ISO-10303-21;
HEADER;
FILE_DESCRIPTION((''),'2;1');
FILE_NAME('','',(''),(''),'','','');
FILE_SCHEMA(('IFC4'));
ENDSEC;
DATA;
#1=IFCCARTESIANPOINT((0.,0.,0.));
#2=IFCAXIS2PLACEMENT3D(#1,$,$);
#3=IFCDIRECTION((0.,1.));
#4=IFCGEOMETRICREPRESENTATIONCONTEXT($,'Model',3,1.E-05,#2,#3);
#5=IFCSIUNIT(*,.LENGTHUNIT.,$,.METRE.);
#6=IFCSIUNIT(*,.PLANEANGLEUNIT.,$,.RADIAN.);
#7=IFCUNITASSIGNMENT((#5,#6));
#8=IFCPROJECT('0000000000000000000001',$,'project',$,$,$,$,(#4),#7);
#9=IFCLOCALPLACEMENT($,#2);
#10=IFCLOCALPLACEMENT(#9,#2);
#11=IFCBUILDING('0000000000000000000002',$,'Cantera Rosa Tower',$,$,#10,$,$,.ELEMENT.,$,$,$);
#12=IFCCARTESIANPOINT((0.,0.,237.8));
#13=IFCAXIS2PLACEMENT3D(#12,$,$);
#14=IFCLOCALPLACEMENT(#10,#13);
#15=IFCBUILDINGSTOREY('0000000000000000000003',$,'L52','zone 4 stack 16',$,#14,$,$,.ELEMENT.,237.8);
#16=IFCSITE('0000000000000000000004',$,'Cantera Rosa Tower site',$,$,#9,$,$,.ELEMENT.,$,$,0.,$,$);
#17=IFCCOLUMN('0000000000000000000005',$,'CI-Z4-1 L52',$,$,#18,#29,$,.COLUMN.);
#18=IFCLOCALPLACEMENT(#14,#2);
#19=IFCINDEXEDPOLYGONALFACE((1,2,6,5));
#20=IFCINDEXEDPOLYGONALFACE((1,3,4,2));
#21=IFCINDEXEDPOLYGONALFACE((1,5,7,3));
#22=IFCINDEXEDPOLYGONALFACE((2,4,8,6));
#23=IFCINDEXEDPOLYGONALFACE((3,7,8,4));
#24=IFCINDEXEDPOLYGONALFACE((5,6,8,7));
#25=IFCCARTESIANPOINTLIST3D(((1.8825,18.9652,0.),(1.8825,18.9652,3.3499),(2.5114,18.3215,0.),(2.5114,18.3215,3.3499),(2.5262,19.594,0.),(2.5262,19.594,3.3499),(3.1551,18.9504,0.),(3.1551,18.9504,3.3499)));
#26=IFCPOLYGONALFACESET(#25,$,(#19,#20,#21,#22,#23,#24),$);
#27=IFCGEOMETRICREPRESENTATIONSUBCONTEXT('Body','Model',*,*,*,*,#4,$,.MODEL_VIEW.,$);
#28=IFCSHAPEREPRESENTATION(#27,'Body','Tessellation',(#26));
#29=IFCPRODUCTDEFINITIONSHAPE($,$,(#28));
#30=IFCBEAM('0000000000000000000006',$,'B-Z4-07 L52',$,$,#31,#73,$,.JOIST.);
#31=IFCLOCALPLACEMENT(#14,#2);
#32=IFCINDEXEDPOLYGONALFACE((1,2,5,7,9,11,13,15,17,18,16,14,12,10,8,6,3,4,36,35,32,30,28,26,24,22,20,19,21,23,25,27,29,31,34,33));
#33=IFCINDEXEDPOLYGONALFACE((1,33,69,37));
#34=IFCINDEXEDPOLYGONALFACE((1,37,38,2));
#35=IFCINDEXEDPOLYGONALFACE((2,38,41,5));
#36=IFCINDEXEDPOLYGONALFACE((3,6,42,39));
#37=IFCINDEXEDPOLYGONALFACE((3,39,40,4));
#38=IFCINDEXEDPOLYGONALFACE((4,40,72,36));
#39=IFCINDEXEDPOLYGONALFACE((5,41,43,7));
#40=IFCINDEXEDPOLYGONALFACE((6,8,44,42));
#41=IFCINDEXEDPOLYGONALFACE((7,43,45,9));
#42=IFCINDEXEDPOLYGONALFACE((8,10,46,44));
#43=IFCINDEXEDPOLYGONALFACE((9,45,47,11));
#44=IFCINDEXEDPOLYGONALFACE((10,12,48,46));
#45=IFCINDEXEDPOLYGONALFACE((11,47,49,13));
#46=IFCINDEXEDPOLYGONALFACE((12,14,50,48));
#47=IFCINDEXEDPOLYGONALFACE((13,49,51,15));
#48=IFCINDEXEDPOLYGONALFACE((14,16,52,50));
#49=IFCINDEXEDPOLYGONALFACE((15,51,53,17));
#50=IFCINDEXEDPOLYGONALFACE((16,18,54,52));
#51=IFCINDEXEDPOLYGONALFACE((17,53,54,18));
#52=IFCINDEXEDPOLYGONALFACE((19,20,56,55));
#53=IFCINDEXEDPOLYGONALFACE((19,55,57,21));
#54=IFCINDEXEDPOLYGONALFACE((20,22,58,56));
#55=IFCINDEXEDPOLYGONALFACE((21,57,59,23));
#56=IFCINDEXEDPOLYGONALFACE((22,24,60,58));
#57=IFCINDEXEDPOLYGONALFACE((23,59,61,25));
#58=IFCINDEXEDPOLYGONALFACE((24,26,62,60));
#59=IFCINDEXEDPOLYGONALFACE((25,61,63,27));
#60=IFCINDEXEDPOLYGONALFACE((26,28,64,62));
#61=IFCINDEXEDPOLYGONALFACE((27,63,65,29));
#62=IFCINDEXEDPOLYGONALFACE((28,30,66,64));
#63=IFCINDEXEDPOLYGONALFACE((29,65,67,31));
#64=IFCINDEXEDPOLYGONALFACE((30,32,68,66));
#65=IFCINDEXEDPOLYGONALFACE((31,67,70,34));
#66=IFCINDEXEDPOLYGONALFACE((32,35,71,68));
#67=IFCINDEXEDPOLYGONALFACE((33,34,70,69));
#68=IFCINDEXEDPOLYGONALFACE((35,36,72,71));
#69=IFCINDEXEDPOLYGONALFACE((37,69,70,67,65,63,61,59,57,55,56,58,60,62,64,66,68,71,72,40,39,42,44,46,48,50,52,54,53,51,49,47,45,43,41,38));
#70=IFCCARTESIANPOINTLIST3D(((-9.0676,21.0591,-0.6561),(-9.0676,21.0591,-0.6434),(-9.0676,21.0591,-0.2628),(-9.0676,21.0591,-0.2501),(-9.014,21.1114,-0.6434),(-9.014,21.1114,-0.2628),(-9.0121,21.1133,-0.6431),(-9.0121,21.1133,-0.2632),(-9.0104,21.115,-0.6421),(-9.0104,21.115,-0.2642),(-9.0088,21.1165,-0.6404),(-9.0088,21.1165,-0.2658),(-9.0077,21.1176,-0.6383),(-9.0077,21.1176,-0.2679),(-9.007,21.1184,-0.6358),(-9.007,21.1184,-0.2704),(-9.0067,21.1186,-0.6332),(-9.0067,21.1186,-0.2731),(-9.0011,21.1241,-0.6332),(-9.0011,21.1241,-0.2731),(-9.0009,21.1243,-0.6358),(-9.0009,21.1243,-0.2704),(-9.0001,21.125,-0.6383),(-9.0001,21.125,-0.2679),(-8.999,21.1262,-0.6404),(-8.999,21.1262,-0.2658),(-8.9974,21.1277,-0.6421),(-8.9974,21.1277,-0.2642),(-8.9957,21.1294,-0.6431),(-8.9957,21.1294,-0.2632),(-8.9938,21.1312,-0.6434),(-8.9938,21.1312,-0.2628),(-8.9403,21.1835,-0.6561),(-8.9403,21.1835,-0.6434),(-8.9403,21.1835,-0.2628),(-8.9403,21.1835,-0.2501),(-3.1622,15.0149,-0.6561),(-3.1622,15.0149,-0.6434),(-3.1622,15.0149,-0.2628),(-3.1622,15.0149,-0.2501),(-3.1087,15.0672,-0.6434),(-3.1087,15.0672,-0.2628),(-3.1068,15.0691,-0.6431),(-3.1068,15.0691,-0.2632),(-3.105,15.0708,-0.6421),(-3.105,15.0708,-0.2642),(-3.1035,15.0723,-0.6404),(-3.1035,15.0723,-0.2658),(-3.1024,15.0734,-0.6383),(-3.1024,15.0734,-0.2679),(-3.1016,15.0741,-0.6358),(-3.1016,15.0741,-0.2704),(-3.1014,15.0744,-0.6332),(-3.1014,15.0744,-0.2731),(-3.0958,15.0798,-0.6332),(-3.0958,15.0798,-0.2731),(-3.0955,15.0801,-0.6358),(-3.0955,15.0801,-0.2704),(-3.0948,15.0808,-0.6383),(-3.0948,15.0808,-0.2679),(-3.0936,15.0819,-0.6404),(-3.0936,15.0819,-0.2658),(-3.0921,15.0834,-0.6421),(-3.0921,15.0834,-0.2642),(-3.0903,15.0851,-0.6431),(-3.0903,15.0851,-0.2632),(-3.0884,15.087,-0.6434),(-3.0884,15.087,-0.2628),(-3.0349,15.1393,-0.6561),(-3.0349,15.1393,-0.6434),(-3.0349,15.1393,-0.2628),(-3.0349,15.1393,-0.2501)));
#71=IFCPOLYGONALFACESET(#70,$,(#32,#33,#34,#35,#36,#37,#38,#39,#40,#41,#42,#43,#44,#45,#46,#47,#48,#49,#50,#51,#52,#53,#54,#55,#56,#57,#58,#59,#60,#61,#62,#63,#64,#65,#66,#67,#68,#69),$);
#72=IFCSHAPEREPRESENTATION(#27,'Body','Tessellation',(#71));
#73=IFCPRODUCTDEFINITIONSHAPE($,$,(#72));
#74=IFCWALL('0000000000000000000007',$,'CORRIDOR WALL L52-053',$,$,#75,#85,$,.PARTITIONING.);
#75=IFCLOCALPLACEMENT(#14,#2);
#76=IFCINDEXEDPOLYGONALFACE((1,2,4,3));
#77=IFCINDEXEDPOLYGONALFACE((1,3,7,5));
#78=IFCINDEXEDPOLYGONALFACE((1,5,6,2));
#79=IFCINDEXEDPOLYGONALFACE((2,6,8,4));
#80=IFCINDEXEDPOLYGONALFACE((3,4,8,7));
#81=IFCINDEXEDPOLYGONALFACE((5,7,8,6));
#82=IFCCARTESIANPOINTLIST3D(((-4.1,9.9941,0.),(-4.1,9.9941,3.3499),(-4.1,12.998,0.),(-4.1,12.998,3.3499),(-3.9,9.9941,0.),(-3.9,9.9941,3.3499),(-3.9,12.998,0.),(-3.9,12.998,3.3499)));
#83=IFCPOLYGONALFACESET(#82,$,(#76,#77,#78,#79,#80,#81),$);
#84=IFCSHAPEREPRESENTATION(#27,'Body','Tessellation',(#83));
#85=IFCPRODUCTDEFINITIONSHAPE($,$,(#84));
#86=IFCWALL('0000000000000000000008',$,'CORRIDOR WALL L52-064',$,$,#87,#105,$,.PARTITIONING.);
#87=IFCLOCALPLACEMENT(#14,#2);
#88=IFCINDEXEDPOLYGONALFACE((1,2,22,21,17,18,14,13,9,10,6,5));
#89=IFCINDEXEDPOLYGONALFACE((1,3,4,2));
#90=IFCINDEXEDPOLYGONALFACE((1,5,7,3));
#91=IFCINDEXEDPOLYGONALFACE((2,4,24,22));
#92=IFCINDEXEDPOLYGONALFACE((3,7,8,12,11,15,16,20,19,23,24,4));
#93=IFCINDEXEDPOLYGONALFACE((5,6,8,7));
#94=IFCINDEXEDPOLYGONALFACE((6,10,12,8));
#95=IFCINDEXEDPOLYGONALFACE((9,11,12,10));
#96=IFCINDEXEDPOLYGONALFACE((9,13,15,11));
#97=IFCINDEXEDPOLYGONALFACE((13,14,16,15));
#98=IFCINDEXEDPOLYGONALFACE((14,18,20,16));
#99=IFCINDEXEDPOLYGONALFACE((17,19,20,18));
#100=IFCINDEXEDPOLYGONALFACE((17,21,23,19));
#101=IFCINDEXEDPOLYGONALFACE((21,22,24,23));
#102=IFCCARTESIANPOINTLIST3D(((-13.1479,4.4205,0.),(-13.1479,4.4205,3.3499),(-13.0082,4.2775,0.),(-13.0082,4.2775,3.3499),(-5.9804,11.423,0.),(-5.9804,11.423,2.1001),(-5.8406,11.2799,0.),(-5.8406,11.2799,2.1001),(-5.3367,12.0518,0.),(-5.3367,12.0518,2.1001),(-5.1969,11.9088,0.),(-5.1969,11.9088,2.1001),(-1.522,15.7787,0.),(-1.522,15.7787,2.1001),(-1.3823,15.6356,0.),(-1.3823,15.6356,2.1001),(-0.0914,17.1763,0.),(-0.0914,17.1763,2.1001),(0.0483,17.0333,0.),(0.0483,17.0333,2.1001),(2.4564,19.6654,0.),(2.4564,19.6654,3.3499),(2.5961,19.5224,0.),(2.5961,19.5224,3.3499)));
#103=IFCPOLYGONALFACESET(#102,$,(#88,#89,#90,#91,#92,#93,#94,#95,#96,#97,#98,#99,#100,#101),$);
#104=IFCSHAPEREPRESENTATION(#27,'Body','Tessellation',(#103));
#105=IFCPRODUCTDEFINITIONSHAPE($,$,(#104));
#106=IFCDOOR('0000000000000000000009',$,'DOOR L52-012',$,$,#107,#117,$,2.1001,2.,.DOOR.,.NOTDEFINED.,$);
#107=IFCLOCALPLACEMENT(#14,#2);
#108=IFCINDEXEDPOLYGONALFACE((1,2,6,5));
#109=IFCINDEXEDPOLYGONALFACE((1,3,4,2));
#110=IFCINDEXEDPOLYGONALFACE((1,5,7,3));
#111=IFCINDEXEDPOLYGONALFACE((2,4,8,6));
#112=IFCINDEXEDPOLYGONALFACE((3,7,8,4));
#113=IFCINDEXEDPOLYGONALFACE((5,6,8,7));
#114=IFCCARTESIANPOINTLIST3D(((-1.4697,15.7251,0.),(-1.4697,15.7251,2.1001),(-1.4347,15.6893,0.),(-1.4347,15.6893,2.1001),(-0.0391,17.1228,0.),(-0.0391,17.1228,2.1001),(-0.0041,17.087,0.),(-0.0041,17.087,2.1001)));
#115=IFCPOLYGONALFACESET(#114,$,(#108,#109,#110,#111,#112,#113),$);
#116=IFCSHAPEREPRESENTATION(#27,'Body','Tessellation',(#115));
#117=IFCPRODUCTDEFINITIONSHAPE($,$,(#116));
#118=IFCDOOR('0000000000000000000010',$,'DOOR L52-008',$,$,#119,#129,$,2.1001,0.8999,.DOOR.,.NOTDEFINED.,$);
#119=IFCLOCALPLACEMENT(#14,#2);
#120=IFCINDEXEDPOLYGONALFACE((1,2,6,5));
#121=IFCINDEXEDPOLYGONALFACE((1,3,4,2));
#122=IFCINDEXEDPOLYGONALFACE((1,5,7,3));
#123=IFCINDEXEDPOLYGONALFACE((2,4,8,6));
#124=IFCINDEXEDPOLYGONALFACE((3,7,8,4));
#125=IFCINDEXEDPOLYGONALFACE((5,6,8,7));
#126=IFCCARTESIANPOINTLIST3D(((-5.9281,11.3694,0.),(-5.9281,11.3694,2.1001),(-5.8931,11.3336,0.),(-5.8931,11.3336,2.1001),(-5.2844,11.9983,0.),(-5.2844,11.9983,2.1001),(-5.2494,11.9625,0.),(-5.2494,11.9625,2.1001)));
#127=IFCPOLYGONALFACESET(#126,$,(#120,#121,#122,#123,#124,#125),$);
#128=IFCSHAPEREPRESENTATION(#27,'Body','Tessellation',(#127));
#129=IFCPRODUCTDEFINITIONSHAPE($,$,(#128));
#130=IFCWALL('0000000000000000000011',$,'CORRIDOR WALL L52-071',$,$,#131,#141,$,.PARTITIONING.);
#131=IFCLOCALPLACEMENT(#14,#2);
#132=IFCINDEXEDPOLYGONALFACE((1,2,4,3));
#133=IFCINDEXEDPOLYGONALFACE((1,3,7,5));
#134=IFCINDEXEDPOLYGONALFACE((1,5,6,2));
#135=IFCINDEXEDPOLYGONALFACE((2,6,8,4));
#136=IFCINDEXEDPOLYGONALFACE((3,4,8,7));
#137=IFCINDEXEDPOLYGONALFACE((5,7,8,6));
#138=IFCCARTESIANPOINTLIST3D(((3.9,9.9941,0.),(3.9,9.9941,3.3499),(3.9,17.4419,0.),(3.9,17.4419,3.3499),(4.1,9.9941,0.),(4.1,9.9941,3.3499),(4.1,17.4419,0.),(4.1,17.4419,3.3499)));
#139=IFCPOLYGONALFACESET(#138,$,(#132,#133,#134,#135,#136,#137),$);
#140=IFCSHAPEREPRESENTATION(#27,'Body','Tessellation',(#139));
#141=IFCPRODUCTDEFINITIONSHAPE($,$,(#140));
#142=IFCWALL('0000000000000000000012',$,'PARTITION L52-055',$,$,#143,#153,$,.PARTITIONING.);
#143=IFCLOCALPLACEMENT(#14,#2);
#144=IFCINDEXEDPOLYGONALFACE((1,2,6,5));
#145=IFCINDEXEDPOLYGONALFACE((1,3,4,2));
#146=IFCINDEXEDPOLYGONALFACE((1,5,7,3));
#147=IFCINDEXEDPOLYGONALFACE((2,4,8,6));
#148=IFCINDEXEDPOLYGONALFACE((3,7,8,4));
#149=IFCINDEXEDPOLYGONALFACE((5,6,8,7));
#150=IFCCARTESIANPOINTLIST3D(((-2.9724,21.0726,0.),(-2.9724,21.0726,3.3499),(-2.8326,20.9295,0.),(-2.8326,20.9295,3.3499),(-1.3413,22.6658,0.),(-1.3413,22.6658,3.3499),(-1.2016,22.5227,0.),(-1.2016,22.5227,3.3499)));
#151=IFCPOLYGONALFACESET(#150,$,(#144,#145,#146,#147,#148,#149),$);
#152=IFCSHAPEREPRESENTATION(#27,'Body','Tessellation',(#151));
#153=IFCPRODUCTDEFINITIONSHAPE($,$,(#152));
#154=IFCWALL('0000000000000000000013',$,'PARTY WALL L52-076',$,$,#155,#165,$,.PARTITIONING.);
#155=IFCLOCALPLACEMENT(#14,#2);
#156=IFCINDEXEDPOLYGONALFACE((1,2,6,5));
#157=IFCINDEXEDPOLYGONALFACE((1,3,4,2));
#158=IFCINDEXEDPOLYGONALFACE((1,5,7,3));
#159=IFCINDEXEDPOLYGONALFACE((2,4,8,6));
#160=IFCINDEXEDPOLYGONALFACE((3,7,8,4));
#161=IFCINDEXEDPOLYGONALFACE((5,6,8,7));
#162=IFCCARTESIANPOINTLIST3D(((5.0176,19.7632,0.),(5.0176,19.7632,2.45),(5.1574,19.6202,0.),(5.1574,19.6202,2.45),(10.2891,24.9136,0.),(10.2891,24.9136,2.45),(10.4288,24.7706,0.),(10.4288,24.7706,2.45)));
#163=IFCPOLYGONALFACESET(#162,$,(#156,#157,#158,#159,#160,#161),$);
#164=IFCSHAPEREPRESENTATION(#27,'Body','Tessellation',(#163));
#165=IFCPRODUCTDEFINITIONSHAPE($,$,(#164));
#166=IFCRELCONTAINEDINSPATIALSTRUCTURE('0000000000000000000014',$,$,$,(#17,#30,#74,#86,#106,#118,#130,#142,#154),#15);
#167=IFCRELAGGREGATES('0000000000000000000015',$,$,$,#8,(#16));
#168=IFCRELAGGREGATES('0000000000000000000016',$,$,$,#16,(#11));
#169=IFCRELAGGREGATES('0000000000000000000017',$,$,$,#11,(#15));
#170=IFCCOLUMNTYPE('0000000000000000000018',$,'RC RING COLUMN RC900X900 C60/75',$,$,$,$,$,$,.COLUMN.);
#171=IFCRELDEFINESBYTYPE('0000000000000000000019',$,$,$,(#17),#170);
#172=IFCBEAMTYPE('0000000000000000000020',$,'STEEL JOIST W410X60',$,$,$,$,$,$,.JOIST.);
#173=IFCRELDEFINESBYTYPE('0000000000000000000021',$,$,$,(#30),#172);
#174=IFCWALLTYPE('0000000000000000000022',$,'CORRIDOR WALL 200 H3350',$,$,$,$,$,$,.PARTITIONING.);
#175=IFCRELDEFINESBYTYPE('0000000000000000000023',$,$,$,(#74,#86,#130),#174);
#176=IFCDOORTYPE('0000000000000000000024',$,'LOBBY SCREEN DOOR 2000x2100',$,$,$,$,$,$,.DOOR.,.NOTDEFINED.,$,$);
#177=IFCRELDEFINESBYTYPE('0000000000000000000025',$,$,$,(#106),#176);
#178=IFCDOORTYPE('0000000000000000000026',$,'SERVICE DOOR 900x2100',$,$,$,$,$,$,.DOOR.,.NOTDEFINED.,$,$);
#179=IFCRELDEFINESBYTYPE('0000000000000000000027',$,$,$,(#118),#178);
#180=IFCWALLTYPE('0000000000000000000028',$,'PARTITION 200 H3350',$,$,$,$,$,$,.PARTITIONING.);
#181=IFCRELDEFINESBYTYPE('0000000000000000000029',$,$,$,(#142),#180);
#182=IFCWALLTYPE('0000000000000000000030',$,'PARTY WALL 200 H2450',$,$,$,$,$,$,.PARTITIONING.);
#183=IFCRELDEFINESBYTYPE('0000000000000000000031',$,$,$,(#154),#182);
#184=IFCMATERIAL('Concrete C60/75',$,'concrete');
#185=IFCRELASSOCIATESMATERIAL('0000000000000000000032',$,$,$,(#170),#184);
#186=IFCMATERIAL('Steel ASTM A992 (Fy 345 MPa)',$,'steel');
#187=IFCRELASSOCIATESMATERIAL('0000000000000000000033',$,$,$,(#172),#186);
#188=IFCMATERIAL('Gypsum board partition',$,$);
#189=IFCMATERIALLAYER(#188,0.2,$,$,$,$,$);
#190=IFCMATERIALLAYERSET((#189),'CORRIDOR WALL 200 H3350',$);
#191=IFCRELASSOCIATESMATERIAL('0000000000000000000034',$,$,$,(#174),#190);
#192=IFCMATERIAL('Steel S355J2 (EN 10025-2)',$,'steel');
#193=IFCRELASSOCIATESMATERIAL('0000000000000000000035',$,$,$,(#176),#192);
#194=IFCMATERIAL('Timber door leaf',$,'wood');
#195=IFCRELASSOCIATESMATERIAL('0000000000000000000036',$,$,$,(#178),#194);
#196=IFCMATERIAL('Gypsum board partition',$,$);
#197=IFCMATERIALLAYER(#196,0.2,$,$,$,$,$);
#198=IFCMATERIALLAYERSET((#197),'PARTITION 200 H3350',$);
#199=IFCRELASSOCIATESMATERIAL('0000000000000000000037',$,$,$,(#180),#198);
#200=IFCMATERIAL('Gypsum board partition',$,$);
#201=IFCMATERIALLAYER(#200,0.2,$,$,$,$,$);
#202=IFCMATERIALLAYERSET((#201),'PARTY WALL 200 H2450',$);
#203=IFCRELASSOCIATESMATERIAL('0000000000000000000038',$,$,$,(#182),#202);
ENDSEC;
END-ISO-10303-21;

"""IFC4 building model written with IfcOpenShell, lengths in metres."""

from ifc_helpers import new_model, si_unit, direction, frame, frame_2d, origin, origin_2d, place, context, subcontext, project, spatial, rectangle, i_section, extrude, material, layer, layer_set, material_profile, profile_set, type_object, element, fill, save


model = new_model("IFC4")

# Units and contexts
model_context = context("Model", 3, precision=1e-05, world=origin(), true_north=direction((0.0, 1.0)))
body_context = subcontext(model_context, "Body", "Model", "MODEL_VIEW")
ifc_project = project(units=[si_unit("LENGTHUNIT", "METRE"), si_unit("PLANEANGLEUNIT", "RADIAN")], contexts=[model_context])

# Site, building, storey
site_placement = place(None, origin())
site = spatial("IfcSite", under=ifc_project, at=site_placement, Name="Cantera Rosa Tower site", CompositionType="ELEMENT", RefElevation=0.0)
building_placement = place(site_placement, origin())
building = spatial("IfcBuilding", under=site, at=building_placement, Name="Cantera Rosa Tower", CompositionType="ELEMENT")
storey_placement = place(building_placement, frame((0.0, 0.0, 237.8)))
storey = spatial("IfcBuildingStorey", under=building, at=storey_placement, Name="L52", Description="zone 4 stack 16", CompositionType="ELEMENT", Elevation=237.8)

# Column
ifc_material_1 = material(Name="Concrete C60/75", Category="concrete")
ifc_material_profile_1 = material_profile(ifc_material_1, rectangle(XDim=0.8999, YDim=0.8999, at=origin_2d()), Name="RC RING COLUMN RC900X900 C60/75")
ifc_profile_set_1 = profile_set([ifc_material_profile_1], Name="Concrete C60/75")
column_type = type_object("IfcColumnType", Name="RC RING COLUMN RC900X900 C60/75", PredefinedType="COLUMN", material=ifc_profile_set_1)
column_placement = place(storey_placement, frame((2.5188, 18.9578, 0.0), z_axis=(0.0, 0.0, 1.0), x_axis=(0.715286, 0.698832, 0.0)))
element("IfcColumn", 1, at=column_placement, inside=storey, type_object=column_type, Name="CI-Z4-1 L52", PredefinedType="COLUMN", context=body_context, shape_type="SweptSolid", body=[
    extrude(rectangle(XDim=0.8999, YDim=0.8999, at=origin_2d()), origin(), (0.0, 0.0, 1.0), 3.3499),
])

# Beam
ifc_material_2 = material(Name="Steel ASTM A992 (Fy 345 MPa)", Category="steel")
ifc_material_profile_2 = material_profile(ifc_material_2, i_section(OverallWidth=0.178, OverallDepth=0.406, WebThickness=0.0078, FlangeThickness=0.0127, FilletRadius=0.0103, at=origin_2d()), Name="W410X60")
ifc_profile_set_2 = profile_set([ifc_material_profile_2], Name="Steel ASTM A992 (Fy 345 MPa)")
beam_type = type_object("IfcBeamType", Name="STEEL JOIST W410X60", PredefinedType="JOIST", material=ifc_profile_set_2)
beam_placement = place(storey_placement, frame((-9.0039, 21.1213, -0.4531), z_axis=(0.698839, -0.715279, 0.0), x_axis=(0.715279, 0.698839, 0.0)))
element("IfcBeam", 2, at=beam_placement, inside=storey, type_object=beam_type, Name="B-Z4-07 L52", PredefinedType="JOIST", context=body_context, shape_type="SweptSolid", body=[
    extrude(i_section(OverallWidth=0.178, OverallDepth=0.406, WebThickness=0.0078, FlangeThickness=0.0127, FilletRadius=0.0103, at=origin_2d()), origin(), (0.0, 0.0, 1.0), 8.4502),
])

# Wall
ifc_material_3 = material(Name="Gypsum board partition")
ifc_layer_1 = layer(ifc_material_3, 0.2)
ifc_layer_set_1 = layer_set([ifc_layer_1], Name="CORRIDOR WALL 200 H3350")
wall_type_1 = type_object("IfcWallType", Name="CORRIDOR WALL 200 H3350", PredefinedType="PARTITIONING", material=ifc_layer_set_1)
wall_1_placement = place(storey_placement, frame((-4.0, 12.998, 0.0), z_axis=(0.0, 0.0, 1.0), x_axis=(0.0, -1.0, 0.0)))
element("IfcWall", 3, at=wall_1_placement, inside=storey, type_object=wall_type_1, Name="CORRIDOR WALL L52-053", PredefinedType="PARTITIONING", context=body_context, shape_type="SweptSolid", body=[
    extrude(rectangle(XDim=3.0039, YDim=0.2, at=frame_2d((1.502, 0.0))), origin(), (0.0, 0.0, 1.0), 3.3499),
])

# Wall, openings, doors
wall_2_placement = place(storey_placement, frame((2.5264, 19.594, 0.0), z_axis=(0.0, 0.0, 1.0), x_axis=(-0.715296, -0.698822, 0.0)))
wall_2 = element("IfcWall", 4, at=wall_2_placement, inside=storey, type_object=wall_type_1, Name="CORRIDOR WALL L52-064", PredefinedType="PARTITIONING", context=body_context, shape_type="SweptSolid", body=[
    extrude(rectangle(XDim=21.8152, YDim=0.2, at=frame_2d((10.9077, 0.0))), origin(), (0.0, 0.0, 1.0), 3.3499),
])
opening_1_placement = place(wall_2_placement, frame((10.895, 0.0, 0.0)))
opening_1 = element("IfcOpeningElement", 5, at=opening_1_placement, cuts=wall_2, PredefinedType="OPENING", context=body_context, shape_type="SweptSolid", body=[
    extrude(rectangle(XDim=0.8999, YDim=2.1001, at=frame_2d((0.45, 1.05))), frame((0.0, 0.1099, 0.0), z_axis=(0.0, -1.0, 0.0), x_axis=(1.0, 0.0, 0.0)), (0.0, 0.0, 1.0), 0.22),
])
opening_2_placement = place(wall_2_placement, frame((3.562, 0.0, 0.0)))
opening_2 = element("IfcOpeningElement", 6, at=opening_2_placement, cuts=wall_2, PredefinedType="OPENING", context=body_context, shape_type="SweptSolid", body=[
    extrude(rectangle(XDim=2.0, YDim=2.1001, at=frame_2d((1.0, 1.05))), frame((0.0, 0.1099, 0.0), z_axis=(0.0, -1.0, 0.0), x_axis=(1.0, 0.0, 0.0)), (0.0, 0.0, 1.0), 0.22),
])
ifc_material_4 = material(Name="Steel S355J2 (EN 10025-2)", Category="steel")
door_type_1 = type_object("IfcDoorType", Name="LOBBY SCREEN DOOR 2000x2100", OperationType="NOTDEFINED", PredefinedType="DOOR", material=ifc_material_4)
door_1_placement = place(opening_2_placement, origin())
door_1 = element("IfcDoor", 7, at=door_1_placement, inside=storey, type_object=door_type_1, Name="DOOR L52-012", OperationType="NOTDEFINED", OverallHeight=2.1001, OverallWidth=2.0, PredefinedType="DOOR", context=body_context, shape_type="SweptSolid", body=[
    extrude(rectangle(XDim=2.0, YDim=2.1001, at=frame_2d((1.0, 1.05))), frame((0.0, 0.0249, 0.0), z_axis=(0.0, -1.0, 0.0), x_axis=(1.0, 0.0, 0.0)), (0.0, 0.0, 1.0), 0.05),
])
fill(opening_2, door_1)
ifc_material_5 = material(Name="Timber door leaf", Category="wood")
door_type_2 = type_object("IfcDoorType", Name="SERVICE DOOR 900x2100", OperationType="NOTDEFINED", PredefinedType="DOOR", material=ifc_material_5)
door_2_placement = place(opening_1_placement, origin())
door_2 = element("IfcDoor", 8, at=door_2_placement, inside=storey, type_object=door_type_2, Name="DOOR L52-008", OperationType="NOTDEFINED", OverallHeight=2.1001, OverallWidth=0.8999, PredefinedType="DOOR", context=body_context, shape_type="SweptSolid", body=[
    extrude(rectangle(XDim=0.8999, YDim=2.1001, at=frame_2d((0.45, 1.05))), frame((0.0, 0.0249, 0.0), z_axis=(0.0, -1.0, 0.0), x_axis=(1.0, 0.0, 0.0)), (0.0, 0.0, 1.0), 0.05),
])
fill(opening_1, door_2)

# Walls
wall_3_placement = place(storey_placement, frame((4.0, 9.9941, 0.0), z_axis=(0.0, 0.0, 1.0), x_axis=(0.0, 1.0, 0.0)))
element("IfcWall", 9, at=wall_3_placement, inside=storey, type_object=wall_type_1, Name="CORRIDOR WALL L52-071", PredefinedType="PARTITIONING", context=body_context, shape_type="SweptSolid", body=[
    extrude(rectangle(XDim=7.4478, YDim=0.2, at=frame_2d((3.7239, 0.0))), origin(), (0.0, 0.0, 1.0), 3.3499),
])
ifc_material_6 = material(Name="Gypsum board partition")
ifc_layer_2 = layer(ifc_material_6, 0.2)
ifc_layer_set_2 = layer_set([ifc_layer_2], Name="PARTITION 200 H3350")
wall_type_2 = type_object("IfcWallType", Name="PARTITION 200 H3350", PredefinedType="PARTITIONING", material=ifc_layer_set_2)
wall_4_placement = place(storey_placement, frame((-2.9026, 21.001, 0.0), z_axis=(0.0, 0.0, 1.0), x_axis=(0.715356, 0.69876, 0.0)))
element("IfcWall", 10, at=wall_4_placement, inside=storey, type_object=wall_type_2, Name="PARTITION L52-055", PredefinedType="PARTITIONING", context=body_context, shape_type="SweptSolid", body=[
    extrude(rectangle(XDim=2.28, YDim=0.2, at=frame_2d((1.1401, 0.0))), origin(), (0.0, 0.0, 1.0), 3.3499),
])
ifc_material_7 = material(Name="Gypsum board partition")
ifc_layer_3 = layer(ifc_material_7, 0.2)
ifc_layer_set_3 = layer_set([ifc_layer_3], Name="PARTY WALL 200 H2450")
wall_type_3 = type_object("IfcWallType", Name="PARTY WALL 200 H2450", PredefinedType="PARTITIONING", material=ifc_layer_set_3)
wall_5_placement = place(storey_placement, frame((5.0874, 19.6917, 0.0), z_axis=(0.0, 0.0, 1.0), x_axis=(0.715275, 0.698844, 0.0)))
element("IfcWall", 11, at=wall_5_placement, inside=storey, type_object=wall_type_3, Name="PARTY WALL L52-076", PredefinedType="PARTITIONING", context=body_context, shape_type="SweptSolid", body=[
    extrude(rectangle(XDim=7.3699, YDim=0.2, at=frame_2d((3.6851, 0.0))), origin(), (0.0, 0.0, 1.0), 2.45),
])

save(model, "model.ifc")
